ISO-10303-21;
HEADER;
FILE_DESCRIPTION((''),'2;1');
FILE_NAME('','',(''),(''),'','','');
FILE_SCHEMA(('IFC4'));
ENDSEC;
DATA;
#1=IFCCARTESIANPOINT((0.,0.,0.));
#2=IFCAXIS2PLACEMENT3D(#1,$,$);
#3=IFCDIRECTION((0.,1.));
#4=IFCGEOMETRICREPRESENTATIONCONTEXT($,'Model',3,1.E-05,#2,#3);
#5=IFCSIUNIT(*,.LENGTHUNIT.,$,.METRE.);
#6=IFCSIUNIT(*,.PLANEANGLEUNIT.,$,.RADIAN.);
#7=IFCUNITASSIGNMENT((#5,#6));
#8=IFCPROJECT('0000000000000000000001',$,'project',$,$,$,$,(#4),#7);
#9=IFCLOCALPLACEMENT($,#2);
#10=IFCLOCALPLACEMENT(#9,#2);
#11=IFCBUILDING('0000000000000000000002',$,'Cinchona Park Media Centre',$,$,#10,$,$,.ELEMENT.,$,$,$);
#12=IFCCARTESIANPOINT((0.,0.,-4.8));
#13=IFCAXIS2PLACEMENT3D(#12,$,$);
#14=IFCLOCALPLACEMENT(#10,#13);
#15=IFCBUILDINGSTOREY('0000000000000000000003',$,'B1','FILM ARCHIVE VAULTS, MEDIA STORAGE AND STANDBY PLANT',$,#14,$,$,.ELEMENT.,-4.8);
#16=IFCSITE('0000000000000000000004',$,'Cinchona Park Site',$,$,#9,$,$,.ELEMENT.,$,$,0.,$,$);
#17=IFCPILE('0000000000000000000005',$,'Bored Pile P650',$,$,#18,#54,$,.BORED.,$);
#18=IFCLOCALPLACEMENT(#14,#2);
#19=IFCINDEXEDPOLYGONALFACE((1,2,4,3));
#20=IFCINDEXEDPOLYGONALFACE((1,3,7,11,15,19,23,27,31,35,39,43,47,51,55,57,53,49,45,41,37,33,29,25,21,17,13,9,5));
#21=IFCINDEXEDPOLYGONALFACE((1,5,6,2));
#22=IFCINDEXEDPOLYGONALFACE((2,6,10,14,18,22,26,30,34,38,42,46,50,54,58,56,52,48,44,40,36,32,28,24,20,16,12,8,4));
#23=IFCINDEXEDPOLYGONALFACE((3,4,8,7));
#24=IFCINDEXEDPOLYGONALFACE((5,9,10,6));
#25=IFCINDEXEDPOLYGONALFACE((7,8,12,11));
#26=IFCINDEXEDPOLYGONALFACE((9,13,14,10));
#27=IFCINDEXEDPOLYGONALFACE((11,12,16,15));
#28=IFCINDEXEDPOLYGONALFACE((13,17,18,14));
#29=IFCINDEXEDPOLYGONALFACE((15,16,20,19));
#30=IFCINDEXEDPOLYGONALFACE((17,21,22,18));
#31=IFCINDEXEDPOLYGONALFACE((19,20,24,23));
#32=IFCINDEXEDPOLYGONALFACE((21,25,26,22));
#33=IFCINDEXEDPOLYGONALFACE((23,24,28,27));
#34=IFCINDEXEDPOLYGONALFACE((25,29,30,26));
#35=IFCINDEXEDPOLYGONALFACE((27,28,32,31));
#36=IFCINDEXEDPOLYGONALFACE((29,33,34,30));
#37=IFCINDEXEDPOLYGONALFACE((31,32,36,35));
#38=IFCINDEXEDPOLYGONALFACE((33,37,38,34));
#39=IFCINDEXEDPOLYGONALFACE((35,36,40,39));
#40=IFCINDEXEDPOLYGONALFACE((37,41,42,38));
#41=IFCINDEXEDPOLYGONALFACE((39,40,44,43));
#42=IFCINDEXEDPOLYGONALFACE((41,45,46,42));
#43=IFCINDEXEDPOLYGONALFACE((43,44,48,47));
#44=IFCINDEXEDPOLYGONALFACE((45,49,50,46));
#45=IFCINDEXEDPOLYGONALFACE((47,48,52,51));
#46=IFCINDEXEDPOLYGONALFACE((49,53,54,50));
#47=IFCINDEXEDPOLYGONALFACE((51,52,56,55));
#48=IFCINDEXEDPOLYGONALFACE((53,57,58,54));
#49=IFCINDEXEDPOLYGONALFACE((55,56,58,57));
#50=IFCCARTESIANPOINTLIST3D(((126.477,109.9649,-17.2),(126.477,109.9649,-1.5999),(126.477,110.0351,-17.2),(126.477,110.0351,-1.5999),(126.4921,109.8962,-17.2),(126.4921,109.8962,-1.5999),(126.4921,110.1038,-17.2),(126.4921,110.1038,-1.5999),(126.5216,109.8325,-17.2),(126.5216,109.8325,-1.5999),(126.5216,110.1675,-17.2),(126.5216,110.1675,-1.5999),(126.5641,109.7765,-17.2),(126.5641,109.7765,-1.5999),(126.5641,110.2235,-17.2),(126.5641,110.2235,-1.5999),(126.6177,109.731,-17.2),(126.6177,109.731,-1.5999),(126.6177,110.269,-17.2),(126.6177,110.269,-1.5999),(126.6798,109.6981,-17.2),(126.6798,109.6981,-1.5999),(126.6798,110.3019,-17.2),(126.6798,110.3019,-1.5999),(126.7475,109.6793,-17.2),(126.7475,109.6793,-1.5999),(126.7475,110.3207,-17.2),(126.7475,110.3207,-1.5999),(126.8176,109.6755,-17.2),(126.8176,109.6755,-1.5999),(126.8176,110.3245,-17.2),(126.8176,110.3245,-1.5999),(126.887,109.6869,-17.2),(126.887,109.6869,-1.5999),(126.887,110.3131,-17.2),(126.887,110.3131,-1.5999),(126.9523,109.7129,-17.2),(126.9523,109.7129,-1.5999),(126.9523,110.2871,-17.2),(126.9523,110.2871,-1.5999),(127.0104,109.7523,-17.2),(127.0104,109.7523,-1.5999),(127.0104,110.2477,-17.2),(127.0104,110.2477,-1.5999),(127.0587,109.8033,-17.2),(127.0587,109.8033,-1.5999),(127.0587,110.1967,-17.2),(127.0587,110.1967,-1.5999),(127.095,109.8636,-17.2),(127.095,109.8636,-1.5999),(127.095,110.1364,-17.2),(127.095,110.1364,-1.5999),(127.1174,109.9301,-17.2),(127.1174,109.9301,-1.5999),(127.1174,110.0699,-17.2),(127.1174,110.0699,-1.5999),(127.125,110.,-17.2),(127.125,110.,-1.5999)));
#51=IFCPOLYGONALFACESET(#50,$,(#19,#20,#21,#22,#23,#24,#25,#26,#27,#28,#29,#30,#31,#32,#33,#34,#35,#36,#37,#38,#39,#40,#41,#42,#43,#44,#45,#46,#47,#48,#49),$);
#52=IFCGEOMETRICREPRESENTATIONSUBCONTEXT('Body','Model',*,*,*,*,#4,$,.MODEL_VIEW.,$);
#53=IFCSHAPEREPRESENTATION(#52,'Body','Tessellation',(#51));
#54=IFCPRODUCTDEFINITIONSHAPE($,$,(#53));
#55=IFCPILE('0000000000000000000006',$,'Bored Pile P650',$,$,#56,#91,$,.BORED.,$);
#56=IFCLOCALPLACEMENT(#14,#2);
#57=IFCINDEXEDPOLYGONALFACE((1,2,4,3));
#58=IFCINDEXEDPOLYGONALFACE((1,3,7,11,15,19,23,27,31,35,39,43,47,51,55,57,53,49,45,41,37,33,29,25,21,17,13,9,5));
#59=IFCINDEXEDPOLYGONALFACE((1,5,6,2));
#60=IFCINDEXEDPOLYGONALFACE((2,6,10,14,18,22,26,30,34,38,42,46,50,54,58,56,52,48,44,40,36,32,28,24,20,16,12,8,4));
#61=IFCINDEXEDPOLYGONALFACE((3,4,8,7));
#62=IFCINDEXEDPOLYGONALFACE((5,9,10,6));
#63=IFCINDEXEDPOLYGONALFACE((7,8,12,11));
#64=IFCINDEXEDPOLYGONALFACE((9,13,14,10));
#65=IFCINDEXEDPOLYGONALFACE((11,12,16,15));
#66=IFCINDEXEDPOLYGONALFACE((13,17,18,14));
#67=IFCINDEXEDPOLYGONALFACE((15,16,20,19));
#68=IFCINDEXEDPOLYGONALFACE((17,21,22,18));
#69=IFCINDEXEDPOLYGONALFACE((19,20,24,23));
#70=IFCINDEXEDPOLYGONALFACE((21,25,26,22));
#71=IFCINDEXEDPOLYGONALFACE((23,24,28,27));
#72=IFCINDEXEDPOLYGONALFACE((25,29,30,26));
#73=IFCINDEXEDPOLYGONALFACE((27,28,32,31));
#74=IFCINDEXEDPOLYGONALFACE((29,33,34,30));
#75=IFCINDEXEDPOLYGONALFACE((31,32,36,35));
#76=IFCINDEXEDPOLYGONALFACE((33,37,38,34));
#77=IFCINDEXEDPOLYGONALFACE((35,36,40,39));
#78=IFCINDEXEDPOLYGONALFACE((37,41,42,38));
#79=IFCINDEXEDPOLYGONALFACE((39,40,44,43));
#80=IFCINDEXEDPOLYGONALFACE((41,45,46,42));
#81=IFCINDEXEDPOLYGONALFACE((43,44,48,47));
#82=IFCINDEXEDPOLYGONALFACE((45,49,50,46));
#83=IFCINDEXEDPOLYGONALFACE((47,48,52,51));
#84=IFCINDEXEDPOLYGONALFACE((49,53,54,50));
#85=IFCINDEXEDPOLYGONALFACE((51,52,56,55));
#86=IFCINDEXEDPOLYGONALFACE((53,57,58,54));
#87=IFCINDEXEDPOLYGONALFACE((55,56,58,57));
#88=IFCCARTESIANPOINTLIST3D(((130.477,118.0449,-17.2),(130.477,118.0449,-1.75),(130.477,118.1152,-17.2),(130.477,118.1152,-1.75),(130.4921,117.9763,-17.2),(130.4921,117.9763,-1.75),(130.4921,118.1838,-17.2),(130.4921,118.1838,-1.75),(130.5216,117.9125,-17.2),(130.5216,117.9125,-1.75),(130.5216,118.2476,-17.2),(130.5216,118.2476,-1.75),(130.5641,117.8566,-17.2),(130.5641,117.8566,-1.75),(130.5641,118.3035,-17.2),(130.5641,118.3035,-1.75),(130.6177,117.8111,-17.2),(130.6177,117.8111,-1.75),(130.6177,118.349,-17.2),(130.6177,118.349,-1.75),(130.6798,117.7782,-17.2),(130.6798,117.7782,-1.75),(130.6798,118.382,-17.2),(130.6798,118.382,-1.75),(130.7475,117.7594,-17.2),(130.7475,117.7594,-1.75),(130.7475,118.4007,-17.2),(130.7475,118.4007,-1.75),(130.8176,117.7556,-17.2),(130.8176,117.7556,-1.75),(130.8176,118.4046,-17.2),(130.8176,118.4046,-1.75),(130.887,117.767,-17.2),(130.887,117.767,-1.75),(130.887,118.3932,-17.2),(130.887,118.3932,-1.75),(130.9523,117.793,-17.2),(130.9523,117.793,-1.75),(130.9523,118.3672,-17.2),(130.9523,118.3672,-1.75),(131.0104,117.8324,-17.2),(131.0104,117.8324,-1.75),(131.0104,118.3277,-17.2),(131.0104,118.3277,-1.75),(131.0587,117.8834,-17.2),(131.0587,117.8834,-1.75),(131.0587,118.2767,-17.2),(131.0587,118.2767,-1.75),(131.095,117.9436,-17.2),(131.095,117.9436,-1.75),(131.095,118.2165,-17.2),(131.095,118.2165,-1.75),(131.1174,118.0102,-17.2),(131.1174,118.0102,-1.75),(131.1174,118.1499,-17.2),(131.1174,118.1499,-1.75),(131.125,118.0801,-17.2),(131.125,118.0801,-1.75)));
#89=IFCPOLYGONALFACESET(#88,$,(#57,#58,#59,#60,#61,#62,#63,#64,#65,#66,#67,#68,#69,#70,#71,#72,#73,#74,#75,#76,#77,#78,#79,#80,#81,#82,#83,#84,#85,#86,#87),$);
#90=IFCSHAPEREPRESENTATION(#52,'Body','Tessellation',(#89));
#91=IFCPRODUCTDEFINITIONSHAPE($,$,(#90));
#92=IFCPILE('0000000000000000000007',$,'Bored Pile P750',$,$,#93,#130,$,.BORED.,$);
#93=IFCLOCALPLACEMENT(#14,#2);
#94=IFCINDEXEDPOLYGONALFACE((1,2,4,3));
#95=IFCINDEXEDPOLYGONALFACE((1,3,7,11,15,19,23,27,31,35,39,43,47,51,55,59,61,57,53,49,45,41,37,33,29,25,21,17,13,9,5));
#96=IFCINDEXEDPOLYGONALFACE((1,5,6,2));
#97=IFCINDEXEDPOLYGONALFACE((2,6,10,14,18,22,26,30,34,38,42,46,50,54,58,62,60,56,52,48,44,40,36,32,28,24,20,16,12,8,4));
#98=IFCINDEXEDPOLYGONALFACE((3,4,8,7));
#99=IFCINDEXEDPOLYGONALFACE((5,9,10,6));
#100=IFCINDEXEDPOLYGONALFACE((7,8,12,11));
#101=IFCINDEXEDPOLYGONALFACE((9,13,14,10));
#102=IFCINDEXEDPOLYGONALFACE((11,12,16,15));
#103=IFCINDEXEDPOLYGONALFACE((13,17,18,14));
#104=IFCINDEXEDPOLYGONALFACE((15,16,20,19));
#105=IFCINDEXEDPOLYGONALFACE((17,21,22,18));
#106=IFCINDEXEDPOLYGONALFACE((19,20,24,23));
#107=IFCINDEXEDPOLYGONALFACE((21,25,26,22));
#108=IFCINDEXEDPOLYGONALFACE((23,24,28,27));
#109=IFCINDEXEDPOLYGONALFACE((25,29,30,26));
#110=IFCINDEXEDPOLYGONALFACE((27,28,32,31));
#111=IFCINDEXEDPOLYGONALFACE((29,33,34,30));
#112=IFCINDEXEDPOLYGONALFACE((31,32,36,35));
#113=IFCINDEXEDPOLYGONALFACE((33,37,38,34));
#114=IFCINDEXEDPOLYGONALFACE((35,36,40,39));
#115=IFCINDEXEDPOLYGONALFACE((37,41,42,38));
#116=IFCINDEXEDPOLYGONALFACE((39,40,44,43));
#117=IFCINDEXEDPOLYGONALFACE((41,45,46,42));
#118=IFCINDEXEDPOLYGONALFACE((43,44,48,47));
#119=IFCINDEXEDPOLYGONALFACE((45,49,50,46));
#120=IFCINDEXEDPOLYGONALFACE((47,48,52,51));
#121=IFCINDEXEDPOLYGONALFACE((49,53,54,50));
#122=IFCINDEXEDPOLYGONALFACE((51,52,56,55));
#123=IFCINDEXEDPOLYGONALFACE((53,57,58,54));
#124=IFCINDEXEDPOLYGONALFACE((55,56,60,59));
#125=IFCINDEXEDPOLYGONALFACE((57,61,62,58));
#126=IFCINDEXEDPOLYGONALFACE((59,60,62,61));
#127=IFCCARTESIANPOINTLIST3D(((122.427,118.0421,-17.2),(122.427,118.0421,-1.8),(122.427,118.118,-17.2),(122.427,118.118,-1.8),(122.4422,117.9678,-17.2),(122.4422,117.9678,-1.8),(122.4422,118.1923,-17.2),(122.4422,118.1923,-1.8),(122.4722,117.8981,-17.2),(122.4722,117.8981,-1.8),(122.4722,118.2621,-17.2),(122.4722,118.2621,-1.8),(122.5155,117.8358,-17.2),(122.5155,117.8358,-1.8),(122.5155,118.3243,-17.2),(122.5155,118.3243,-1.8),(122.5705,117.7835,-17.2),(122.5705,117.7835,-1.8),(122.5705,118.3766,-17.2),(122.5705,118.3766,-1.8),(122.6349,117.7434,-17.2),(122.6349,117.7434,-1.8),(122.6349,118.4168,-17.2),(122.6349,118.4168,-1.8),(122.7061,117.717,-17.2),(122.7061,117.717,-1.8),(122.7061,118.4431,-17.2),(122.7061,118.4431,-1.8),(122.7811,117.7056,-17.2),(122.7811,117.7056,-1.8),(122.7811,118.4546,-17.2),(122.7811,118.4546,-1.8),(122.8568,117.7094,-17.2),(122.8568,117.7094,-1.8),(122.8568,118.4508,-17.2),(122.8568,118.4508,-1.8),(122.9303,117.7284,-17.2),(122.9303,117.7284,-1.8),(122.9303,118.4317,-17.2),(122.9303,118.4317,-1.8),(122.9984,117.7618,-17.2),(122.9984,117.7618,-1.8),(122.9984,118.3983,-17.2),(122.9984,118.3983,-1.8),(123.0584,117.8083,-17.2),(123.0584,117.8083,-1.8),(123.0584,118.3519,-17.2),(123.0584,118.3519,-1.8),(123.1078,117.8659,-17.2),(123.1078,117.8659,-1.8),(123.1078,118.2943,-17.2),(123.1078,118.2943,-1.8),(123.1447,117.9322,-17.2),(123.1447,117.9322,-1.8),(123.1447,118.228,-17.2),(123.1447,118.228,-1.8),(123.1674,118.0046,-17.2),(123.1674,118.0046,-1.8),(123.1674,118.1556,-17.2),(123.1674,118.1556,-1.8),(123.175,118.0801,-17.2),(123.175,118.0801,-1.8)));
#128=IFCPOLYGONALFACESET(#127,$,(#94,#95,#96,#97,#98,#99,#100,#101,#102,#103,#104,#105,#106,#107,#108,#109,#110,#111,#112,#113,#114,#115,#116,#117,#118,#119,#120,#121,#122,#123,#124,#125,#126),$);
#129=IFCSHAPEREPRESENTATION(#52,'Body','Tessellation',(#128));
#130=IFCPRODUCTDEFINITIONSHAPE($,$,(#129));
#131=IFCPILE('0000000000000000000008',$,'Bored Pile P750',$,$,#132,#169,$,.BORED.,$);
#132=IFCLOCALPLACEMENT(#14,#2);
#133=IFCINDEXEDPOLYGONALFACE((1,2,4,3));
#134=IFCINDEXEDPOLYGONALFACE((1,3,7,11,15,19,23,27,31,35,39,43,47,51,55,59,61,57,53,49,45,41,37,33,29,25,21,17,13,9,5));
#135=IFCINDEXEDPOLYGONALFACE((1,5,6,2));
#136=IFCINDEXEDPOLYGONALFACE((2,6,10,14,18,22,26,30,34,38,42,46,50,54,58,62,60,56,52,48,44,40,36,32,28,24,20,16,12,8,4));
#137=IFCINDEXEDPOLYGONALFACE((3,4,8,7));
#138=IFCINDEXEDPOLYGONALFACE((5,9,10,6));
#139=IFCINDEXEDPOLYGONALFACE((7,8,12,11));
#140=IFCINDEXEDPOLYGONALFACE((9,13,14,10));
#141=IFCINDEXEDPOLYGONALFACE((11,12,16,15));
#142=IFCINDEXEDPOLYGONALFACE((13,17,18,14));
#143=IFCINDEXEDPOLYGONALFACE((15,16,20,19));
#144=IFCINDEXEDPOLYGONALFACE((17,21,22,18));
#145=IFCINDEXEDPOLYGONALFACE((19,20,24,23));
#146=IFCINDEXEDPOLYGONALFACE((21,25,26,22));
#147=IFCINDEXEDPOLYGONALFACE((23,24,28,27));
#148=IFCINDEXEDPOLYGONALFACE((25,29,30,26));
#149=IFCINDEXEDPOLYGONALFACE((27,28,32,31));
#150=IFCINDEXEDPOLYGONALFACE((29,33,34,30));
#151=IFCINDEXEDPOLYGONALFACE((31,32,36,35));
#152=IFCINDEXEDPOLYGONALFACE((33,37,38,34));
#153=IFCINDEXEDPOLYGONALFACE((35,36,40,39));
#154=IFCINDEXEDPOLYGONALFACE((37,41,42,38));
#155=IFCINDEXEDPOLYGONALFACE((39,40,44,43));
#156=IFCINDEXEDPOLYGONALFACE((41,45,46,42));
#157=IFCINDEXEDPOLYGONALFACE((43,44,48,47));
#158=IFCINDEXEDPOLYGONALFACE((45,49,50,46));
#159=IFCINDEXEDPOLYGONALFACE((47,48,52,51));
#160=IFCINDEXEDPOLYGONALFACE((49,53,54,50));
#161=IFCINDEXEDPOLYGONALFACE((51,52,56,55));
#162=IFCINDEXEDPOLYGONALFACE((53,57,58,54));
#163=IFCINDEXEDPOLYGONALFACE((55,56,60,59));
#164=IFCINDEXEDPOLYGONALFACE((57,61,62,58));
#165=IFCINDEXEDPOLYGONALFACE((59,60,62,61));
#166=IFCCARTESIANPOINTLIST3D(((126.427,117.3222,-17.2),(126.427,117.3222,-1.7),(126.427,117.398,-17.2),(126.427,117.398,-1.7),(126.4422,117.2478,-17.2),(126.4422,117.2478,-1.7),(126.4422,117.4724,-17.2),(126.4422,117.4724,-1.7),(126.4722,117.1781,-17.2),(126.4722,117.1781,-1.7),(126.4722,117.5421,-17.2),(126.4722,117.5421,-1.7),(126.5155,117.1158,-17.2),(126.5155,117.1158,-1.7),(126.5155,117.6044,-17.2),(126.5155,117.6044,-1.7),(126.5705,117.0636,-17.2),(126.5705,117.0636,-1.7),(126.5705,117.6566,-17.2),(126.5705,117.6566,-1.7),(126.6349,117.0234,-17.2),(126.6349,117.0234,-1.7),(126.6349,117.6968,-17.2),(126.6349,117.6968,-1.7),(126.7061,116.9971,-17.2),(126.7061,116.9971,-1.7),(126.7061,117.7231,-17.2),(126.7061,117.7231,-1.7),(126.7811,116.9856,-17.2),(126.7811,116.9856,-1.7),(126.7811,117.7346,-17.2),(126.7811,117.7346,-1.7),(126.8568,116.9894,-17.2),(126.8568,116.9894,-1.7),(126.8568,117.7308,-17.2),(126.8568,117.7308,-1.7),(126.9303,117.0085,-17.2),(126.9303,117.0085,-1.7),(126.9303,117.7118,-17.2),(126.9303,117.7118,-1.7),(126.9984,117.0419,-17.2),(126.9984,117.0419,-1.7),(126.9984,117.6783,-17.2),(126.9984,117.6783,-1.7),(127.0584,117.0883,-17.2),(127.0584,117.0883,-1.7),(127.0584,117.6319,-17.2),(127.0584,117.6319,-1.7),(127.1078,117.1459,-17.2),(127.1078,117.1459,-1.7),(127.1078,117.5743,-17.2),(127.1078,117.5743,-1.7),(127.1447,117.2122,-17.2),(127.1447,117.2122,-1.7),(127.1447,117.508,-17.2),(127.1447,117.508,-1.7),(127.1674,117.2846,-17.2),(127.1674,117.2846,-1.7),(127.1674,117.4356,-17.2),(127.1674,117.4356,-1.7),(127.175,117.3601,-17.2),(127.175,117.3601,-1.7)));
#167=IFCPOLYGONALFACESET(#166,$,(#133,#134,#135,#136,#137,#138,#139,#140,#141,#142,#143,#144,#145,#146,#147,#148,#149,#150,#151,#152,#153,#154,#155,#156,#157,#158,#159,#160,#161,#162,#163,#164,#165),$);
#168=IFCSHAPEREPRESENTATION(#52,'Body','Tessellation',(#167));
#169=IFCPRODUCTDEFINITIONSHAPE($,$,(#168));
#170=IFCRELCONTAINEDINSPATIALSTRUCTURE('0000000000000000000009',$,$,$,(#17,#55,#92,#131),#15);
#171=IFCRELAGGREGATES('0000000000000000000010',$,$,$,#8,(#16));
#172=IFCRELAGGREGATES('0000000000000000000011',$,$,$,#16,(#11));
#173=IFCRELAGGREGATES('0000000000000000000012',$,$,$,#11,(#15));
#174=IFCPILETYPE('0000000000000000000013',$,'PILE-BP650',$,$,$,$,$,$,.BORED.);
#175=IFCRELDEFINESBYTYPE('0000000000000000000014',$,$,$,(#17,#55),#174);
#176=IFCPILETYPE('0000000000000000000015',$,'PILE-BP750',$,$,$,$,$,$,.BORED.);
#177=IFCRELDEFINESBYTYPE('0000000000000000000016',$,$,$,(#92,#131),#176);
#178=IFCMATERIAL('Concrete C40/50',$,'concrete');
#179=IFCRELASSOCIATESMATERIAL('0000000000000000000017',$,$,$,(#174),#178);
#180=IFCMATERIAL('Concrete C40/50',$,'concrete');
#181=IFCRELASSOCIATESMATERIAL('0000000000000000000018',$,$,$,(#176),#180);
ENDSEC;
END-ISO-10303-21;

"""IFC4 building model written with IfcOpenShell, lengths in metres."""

from ifc_helpers import new_model, si_unit, direction, frame, origin, origin_2d, place, context, subcontext, project, spatial, circle, extrude, material, material_profile, profile_set, type_object, element, save


model = new_model("IFC4")

# Units and contexts
model_context = context("Model", 3, precision=1e-05, world=origin(), true_north=direction((0.0, 1.0)))
body_context = subcontext(model_context, "Body", "Model", "MODEL_VIEW")
ifc_project = project(units=[si_unit("LENGTHUNIT", "METRE"), si_unit("PLANEANGLEUNIT", "RADIAN")], contexts=[model_context])

# Site, building, storey
site_placement = place(None, origin())
site = spatial("IfcSite", under=ifc_project, at=site_placement, Name="Cinchona Park Site", CompositionType="ELEMENT", RefElevation=0.0)
building_placement = place(site_placement, origin())
building = spatial("IfcBuilding", under=site, at=building_placement, Name="Cinchona Park Media Centre", CompositionType="ELEMENT")
storey_placement = place(building_placement, frame((0.0, 0.0, -4.8)))
storey = spatial("IfcBuildingStorey", under=building, at=storey_placement, Name="B1", Description="FILM ARCHIVE VAULTS, MEDIA STORAGE AND STANDBY PLANT", CompositionType="ELEMENT", Elevation=-4.8)

# Piles
ifc_material_1 = material(Name="Concrete C40/50", Category="concrete")
ifc_material_profile_1 = material_profile(ifc_material_1, circle(Radius=0.325, at=origin_2d()), Name="BORED PILE 650")
ifc_profile_set_1 = profile_set([ifc_material_profile_1], Name="Concrete C40/50")
pile_type_1 = type_object("IfcPileType", Name="PILE-BP650", PredefinedType="BORED", material=ifc_profile_set_1)
pile_1_placement = place(storey_placement, frame((126.8, 110.0, -1.5999), z_axis=(0.0, 0.0, -1.0), x_axis=(1.0, 0.0, 0.0)))
element("IfcPile", 1, at=pile_1_placement, inside=storey, type_object=pile_type_1, Name="Bored Pile P650", PredefinedType="BORED", context=body_context, shape_type="SweptSolid", body=[
    extrude(circle(Radius=0.325, at=origin_2d()), origin(), (0.0, 0.0, 1.0), 15.6001),
])
pile_2_placement = place(storey_placement, frame((130.8, 118.0801, -1.75), z_axis=(0.0, 0.0, -1.0), x_axis=(1.0, 0.0, 0.0)))
element("IfcPile", 2, at=pile_2_placement, inside=storey, type_object=pile_type_1, Name="Bored Pile P650", PredefinedType="BORED", context=body_context, shape_type="SweptSolid", body=[
    extrude(circle(Radius=0.325, at=origin_2d()), origin(), (0.0, 0.0, 1.0), 15.45),
])
ifc_material_2 = material(Name="Concrete C40/50", Category="concrete")
ifc_material_profile_2 = material_profile(ifc_material_2, circle(Radius=0.375, at=origin_2d()), Name="BORED PILE 750")
ifc_profile_set_2 = profile_set([ifc_material_profile_2], Name="Concrete C40/50")
pile_type_2 = type_object("IfcPileType", Name="PILE-BP750", PredefinedType="BORED", material=ifc_profile_set_2)
pile_3_placement = place(storey_placement, frame((122.8, 118.0801, -1.8), z_axis=(0.0, 0.0, -1.0), x_axis=(1.0, 0.0, 0.0)))
element("IfcPile", 3, at=pile_3_placement, inside=storey, type_object=pile_type_2, Name="Bored Pile P750", PredefinedType="BORED", context=body_context, shape_type="SweptSolid", body=[
    extrude(circle(Radius=0.375, at=origin_2d()), origin(), (0.0, 0.0, 1.0), 15.3999),
])
pile_4_placement = place(storey_placement, frame((126.8, 117.3601, -1.7), z_axis=(0.0, 0.0, -1.0), x_axis=(1.0, 0.0, 0.0)))
element("IfcPile", 4, at=pile_4_placement, inside=storey, type_object=pile_type_2, Name="Bored Pile P750", PredefinedType="BORED", context=body_context, shape_type="SweptSolid", body=[
    extrude(circle(Radius=0.375, at=origin_2d()), origin(), (0.0, 0.0, 1.0), 15.5),
])

save(model, "model.ifc")
